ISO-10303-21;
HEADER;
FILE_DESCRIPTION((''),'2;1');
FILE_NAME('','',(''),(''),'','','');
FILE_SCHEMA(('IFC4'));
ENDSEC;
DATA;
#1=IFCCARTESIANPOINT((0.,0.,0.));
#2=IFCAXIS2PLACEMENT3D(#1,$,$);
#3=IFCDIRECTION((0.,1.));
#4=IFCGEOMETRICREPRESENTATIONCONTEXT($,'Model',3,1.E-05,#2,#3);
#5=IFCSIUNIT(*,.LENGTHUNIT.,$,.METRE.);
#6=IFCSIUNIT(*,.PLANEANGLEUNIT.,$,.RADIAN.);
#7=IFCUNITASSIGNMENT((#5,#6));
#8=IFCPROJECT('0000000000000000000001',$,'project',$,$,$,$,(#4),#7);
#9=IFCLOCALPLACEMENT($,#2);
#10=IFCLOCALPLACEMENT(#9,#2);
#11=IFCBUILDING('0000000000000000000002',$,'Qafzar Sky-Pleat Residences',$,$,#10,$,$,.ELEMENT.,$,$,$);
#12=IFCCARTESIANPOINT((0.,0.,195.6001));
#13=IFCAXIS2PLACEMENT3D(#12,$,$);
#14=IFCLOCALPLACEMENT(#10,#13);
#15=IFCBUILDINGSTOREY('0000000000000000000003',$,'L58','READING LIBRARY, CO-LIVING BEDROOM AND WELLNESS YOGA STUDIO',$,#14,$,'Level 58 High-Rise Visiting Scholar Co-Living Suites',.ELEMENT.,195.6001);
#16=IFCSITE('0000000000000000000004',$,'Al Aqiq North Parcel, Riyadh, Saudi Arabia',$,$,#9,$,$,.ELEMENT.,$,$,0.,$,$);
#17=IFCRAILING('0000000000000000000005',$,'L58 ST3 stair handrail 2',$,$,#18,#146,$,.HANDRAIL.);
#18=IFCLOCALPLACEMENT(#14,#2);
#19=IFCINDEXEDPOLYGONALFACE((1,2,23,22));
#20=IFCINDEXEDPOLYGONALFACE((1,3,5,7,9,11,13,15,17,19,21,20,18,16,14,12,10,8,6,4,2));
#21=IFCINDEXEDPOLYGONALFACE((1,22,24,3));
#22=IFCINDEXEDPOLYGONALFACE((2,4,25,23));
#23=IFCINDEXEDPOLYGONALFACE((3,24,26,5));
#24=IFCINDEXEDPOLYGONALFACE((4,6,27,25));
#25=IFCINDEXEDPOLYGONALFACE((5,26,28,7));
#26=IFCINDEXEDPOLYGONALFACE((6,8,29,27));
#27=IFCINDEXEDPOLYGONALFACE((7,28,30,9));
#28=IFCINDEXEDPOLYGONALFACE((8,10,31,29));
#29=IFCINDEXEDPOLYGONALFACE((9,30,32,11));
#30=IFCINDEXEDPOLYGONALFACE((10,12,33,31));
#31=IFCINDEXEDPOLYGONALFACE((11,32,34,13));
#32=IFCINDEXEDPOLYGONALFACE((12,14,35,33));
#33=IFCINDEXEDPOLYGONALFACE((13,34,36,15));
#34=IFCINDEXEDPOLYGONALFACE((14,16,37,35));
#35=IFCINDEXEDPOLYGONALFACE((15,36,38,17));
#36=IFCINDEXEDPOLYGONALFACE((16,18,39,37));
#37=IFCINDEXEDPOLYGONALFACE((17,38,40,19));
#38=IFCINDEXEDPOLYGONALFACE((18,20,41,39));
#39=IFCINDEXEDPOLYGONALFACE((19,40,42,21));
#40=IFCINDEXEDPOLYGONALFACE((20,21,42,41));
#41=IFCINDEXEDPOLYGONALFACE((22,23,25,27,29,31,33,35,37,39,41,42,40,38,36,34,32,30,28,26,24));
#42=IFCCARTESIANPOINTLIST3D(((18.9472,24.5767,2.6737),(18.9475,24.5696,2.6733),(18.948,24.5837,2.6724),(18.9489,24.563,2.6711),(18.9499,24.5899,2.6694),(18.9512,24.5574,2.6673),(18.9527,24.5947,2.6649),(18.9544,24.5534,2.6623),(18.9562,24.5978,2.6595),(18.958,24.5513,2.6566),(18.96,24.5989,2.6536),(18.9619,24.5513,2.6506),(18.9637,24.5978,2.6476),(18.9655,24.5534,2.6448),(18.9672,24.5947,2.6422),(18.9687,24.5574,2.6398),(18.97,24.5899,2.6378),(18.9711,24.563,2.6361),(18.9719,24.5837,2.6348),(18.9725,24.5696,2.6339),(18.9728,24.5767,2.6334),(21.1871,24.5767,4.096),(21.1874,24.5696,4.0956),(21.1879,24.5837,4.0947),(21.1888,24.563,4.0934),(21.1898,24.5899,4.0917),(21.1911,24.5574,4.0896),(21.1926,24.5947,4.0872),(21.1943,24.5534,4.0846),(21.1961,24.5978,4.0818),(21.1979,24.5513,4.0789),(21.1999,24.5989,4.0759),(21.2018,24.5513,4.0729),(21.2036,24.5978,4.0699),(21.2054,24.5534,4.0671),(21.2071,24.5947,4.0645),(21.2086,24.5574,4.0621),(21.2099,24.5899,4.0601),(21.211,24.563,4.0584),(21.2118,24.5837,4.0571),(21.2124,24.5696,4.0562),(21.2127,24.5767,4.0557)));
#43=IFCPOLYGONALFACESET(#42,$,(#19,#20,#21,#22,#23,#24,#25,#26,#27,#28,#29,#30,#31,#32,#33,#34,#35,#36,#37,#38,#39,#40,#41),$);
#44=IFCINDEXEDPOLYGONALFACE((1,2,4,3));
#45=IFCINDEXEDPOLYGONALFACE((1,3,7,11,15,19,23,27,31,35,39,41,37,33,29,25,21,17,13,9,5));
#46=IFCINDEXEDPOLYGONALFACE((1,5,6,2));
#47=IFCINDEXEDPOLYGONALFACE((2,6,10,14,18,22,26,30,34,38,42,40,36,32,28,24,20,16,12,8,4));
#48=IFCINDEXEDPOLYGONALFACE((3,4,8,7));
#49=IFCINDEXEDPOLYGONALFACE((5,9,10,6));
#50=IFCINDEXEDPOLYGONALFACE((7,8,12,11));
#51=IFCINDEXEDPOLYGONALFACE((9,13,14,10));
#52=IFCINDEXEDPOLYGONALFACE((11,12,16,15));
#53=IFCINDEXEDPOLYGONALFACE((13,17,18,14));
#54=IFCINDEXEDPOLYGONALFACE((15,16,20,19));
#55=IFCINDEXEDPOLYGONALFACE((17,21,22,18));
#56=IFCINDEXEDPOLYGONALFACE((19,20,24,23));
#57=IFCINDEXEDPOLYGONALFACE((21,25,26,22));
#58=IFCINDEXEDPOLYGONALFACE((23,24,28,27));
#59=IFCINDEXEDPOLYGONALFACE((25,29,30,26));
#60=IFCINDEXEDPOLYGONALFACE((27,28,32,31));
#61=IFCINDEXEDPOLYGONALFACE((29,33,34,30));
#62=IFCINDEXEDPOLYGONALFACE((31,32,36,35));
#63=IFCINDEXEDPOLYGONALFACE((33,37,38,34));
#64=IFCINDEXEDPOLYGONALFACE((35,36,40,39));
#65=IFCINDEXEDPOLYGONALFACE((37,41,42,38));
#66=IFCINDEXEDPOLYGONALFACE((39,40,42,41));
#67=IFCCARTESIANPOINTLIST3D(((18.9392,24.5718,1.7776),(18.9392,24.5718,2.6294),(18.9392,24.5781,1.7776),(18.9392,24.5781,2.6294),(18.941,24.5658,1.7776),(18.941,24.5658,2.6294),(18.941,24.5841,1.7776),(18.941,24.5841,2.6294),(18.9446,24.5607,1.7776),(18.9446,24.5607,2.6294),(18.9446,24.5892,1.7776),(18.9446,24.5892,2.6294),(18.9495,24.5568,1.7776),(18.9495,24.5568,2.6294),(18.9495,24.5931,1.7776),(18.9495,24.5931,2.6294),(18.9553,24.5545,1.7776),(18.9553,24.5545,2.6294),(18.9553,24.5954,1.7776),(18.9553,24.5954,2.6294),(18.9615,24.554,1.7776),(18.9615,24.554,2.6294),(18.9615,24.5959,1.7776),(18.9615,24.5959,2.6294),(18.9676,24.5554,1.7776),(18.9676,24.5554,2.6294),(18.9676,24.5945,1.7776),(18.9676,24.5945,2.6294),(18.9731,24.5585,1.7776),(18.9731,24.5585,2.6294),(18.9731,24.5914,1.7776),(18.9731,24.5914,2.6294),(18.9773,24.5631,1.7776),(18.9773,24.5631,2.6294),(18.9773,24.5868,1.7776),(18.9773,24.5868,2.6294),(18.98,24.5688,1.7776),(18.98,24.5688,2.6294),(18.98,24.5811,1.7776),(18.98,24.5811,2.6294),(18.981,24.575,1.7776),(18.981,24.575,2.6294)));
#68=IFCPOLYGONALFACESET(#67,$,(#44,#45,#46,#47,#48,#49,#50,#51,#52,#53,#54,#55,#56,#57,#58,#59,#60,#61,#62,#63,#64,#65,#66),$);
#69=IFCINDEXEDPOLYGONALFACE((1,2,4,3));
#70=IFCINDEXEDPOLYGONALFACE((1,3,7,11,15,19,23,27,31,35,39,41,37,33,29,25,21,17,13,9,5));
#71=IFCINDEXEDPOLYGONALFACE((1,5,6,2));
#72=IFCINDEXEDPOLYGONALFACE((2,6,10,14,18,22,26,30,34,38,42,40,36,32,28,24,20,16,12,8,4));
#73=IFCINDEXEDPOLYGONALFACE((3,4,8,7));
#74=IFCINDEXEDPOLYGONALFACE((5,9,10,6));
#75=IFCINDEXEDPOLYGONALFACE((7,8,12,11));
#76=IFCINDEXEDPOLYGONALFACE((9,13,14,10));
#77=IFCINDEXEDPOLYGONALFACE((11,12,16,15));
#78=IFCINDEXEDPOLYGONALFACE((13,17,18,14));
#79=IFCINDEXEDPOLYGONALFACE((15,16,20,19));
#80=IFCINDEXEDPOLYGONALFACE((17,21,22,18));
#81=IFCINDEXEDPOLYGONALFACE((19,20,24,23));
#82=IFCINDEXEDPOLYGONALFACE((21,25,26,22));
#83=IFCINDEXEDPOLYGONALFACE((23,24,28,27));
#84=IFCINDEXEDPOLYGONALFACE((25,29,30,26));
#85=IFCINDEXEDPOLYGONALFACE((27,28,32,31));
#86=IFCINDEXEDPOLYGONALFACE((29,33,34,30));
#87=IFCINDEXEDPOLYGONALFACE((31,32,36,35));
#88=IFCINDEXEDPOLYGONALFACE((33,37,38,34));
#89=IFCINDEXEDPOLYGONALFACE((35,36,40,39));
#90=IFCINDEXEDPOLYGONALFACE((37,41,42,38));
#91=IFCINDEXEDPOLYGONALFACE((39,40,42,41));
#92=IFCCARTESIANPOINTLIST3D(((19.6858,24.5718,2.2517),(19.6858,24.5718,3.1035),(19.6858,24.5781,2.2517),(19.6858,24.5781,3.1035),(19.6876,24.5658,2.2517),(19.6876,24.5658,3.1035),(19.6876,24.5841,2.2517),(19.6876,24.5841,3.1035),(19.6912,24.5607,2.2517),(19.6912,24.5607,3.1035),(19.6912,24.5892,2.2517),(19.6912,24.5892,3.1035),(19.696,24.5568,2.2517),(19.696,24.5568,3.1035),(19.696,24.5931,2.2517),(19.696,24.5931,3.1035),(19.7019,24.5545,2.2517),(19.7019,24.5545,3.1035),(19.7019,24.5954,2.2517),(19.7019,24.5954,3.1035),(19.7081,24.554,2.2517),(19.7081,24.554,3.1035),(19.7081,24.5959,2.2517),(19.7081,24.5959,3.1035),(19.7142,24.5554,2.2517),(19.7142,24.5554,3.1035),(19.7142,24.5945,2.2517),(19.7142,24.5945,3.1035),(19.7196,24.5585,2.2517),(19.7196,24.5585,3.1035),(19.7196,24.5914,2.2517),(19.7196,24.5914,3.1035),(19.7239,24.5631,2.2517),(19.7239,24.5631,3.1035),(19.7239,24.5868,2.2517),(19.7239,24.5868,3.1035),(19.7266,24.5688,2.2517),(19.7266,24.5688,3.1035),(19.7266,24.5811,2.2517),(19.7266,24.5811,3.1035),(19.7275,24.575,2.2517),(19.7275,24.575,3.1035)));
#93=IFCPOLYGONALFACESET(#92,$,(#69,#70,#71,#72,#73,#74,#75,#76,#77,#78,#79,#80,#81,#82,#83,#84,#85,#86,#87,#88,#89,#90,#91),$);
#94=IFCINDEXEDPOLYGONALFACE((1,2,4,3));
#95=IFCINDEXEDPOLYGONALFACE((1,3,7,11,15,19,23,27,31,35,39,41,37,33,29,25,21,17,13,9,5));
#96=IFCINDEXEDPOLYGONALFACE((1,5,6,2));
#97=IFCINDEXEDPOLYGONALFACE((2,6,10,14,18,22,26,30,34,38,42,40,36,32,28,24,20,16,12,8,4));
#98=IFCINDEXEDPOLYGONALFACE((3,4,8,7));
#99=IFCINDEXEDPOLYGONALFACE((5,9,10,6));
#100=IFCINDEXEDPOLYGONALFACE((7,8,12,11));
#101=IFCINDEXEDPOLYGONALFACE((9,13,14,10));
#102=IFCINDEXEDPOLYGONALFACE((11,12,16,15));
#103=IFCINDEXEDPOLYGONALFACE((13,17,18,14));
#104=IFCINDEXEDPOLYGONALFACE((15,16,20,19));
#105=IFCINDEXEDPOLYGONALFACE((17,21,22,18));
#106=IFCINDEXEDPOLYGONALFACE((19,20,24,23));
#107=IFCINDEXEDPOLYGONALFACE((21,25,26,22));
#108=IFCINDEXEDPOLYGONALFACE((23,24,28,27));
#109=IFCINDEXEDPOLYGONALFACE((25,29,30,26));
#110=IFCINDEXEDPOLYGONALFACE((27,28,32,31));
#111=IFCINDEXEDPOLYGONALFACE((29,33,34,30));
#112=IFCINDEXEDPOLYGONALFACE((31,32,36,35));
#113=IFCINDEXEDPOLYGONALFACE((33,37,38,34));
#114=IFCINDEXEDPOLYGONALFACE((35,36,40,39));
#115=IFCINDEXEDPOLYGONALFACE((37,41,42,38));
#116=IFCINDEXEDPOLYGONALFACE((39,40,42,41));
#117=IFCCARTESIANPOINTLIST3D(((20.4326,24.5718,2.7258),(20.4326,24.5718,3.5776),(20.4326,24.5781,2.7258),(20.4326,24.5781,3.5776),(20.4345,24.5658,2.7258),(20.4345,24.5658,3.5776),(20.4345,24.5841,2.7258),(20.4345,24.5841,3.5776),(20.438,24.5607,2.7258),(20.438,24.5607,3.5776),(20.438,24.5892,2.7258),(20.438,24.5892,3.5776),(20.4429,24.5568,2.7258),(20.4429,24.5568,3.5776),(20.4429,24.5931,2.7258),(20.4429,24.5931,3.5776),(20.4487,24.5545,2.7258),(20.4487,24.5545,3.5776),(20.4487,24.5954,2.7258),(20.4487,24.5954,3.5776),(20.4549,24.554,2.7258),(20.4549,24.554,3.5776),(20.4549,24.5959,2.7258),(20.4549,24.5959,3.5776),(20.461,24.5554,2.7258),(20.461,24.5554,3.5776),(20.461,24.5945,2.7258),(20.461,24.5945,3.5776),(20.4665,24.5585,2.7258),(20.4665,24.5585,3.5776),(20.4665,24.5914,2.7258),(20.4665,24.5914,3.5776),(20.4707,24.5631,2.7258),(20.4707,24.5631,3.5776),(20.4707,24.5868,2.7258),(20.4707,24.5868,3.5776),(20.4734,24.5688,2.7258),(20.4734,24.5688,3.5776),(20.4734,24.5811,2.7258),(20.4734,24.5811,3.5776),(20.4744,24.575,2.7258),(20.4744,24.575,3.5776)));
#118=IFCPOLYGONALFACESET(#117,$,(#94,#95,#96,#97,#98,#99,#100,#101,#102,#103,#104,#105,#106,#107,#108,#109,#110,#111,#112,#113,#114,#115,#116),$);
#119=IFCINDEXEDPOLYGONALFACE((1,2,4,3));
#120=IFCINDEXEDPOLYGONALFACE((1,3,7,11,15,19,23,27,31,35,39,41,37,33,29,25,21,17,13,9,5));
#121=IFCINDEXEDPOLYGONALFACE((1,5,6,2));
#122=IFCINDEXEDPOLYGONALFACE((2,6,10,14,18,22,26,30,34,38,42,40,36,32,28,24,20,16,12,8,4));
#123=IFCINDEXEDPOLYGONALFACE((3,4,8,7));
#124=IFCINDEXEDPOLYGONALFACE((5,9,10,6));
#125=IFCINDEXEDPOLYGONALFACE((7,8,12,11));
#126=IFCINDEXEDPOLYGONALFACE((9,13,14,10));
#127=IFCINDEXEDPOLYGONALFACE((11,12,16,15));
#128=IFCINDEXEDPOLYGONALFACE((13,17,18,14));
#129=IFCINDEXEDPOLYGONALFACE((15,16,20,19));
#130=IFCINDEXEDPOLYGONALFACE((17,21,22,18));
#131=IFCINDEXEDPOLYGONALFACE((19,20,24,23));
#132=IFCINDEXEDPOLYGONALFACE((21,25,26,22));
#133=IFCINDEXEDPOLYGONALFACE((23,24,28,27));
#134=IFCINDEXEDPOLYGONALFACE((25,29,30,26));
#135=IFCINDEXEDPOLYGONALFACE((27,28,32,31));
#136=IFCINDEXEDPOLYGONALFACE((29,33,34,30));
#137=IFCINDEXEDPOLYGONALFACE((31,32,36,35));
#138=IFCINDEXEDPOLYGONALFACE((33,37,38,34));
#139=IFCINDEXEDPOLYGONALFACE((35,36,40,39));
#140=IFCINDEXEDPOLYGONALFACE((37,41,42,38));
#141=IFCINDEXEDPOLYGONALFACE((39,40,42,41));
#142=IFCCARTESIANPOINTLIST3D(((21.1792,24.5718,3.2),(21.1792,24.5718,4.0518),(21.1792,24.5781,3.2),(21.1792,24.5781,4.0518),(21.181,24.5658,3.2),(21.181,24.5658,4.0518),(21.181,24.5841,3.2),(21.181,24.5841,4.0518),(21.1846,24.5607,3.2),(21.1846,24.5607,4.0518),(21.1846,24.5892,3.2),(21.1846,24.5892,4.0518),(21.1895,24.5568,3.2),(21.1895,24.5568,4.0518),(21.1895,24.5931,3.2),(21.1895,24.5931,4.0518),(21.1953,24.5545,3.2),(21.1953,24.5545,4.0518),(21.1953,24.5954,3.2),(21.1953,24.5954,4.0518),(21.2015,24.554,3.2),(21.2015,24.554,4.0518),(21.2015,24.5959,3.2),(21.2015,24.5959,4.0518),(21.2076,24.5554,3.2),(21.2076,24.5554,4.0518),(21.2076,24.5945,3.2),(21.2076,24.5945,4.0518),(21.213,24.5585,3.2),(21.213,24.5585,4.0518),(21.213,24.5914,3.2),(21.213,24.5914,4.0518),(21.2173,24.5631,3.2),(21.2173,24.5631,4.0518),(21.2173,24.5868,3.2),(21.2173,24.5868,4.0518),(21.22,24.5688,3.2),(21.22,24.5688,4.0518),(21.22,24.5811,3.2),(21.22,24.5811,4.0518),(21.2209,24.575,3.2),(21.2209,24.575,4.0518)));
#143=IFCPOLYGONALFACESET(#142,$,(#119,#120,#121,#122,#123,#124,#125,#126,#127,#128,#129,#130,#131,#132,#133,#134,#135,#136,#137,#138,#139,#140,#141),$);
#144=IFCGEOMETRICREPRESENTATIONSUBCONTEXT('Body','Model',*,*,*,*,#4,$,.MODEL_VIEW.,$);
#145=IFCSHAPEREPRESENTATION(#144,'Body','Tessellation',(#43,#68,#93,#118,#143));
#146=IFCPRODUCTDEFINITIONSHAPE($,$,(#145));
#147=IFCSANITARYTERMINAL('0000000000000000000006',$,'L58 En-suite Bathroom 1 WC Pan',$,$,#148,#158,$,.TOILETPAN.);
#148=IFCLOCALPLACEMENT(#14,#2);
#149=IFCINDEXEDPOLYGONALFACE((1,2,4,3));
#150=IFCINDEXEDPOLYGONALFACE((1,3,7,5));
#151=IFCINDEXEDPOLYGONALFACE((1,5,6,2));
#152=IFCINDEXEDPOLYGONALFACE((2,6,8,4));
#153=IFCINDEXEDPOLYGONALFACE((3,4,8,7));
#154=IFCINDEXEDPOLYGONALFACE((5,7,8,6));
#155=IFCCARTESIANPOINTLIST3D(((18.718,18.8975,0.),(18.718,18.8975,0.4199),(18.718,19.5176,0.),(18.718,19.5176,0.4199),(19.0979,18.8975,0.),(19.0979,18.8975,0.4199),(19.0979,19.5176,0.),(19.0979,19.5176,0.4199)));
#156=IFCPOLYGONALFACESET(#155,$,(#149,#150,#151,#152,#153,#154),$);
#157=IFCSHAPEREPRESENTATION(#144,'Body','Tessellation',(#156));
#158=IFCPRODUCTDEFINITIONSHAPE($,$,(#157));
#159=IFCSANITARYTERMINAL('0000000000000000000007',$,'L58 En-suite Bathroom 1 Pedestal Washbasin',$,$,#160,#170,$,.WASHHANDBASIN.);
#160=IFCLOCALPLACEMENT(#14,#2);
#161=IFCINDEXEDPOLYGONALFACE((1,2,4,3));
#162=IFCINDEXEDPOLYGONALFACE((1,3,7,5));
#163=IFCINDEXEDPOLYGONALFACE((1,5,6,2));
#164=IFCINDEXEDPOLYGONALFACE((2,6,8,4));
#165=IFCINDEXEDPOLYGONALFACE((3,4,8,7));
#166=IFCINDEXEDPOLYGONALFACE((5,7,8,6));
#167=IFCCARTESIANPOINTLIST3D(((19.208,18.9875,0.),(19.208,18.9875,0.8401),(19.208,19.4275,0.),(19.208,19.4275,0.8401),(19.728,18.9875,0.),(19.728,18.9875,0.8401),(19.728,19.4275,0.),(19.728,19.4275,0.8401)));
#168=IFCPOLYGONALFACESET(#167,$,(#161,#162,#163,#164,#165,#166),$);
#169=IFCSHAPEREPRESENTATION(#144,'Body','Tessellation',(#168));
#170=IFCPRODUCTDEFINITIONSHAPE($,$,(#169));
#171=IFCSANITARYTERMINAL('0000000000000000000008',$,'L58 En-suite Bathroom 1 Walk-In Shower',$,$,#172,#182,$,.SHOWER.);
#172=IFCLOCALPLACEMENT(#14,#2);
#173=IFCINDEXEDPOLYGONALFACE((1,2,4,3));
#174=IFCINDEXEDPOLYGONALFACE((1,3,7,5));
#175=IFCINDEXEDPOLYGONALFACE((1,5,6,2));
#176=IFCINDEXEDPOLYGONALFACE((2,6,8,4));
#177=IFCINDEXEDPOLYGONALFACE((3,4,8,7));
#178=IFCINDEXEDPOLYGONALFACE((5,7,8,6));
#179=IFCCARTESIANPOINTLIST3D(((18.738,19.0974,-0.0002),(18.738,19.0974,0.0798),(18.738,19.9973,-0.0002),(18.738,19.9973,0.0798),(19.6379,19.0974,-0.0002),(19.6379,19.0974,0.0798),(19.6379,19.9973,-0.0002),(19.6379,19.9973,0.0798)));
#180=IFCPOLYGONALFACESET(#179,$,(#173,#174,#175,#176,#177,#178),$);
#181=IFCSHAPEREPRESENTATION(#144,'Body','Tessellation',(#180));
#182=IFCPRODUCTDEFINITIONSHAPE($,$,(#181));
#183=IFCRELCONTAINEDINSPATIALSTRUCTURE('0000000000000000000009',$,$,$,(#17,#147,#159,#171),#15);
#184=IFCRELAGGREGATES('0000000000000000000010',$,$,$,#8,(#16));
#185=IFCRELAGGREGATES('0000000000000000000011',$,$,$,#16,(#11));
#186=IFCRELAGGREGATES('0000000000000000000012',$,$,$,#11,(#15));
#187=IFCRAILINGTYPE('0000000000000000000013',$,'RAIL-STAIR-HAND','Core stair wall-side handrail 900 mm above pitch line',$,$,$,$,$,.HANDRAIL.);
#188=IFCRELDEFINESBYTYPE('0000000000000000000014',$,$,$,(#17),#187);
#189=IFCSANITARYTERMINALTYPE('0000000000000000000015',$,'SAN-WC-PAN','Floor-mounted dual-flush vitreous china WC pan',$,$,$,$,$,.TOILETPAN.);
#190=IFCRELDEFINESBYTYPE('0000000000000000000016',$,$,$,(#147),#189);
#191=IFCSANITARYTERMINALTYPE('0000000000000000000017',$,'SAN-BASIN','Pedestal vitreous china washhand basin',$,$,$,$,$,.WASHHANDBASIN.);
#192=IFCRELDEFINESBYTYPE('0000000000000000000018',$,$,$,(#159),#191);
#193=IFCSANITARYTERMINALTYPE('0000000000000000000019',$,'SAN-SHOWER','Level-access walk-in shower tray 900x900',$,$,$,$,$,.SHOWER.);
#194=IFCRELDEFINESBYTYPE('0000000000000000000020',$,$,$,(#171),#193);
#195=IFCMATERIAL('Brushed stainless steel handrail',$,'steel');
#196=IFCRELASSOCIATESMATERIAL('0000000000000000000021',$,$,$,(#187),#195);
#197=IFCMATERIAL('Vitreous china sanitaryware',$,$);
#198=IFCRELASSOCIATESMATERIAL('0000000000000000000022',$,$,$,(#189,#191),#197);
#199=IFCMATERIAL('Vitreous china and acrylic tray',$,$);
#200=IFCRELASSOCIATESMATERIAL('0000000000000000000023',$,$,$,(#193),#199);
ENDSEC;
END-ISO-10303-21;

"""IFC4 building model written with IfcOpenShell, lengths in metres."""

from ifc_helpers import new_model, si_unit, direction, frame, origin, origin_2d, place, context, subcontext, project, spatial, rectangle, circle, extrude, source, transform, mapped, material, type_object, element, save


model = new_model("IFC4")

# Units and contexts
model_context = context("Model", 3, precision=1e-05, world=origin(), true_north=direction((0.0, 1.0)))
body_context = subcontext(model_context, "Body", "Model", "MODEL_VIEW")
ifc_project = project(units=[si_unit("LENGTHUNIT", "METRE"), si_unit("PLANEANGLEUNIT", "RADIAN")], contexts=[model_context])

# Site, building, storey
site_placement = place(None, origin())
site = spatial("IfcSite", under=ifc_project, at=site_placement, Name="Al Aqiq North Parcel, Riyadh, Saudi Arabia", CompositionType="ELEMENT", RefElevation=0.0)
building_placement = place(site_placement, origin())
building = spatial("IfcBuilding", under=site, at=building_placement, Name="Qafzar Sky-Pleat Residences", CompositionType="ELEMENT")
storey_placement = place(building_placement, frame((0.0, 0.0, 195.6001)))
storey = spatial("IfcBuildingStorey", under=building, at=storey_placement, Name="L58", Description="READING LIBRARY, CO-LIVING BEDROOM AND WELLNESS YOGA STUDIO", LongName="Level 58 High-Rise Visiting Scholar Co-Living Suites", CompositionType="ELEMENT", Elevation=195.6001)

# Railing
ifc_material_1 = material(Name="Brushed stainless steel handrail", Category="steel")
railing_type = type_object("IfcRailingType", Name="RAIL-STAIR-HAND", Description="Core stair wall-side handrail 900 mm above pitch line", PredefinedType="HANDRAIL", material=ifc_material_1)
shared_shape_1 = source(origin(), body_context, "Body", "SweptSolid", [
    extrude(circle(Radius=0.0239, at=origin_2d()), frame((0.0, 0.0, 0.876), z_axis=(0.844188, 0.0, 0.536048), x_axis=(0.0, 1.0, 0.0)), (0.0, 0.0, 1.0), 2.6533),
    extrude(circle(Radius=0.021, at=origin_2d()), origin(), (0.0, 0.0, 1.0), 0.8518),
    extrude(circle(Radius=0.021, at=origin_2d()), frame((0.7466, 0.0, 0.4741)), (0.0, 0.0, 1.0), 0.8518),
    extrude(circle(Radius=0.021, at=origin_2d()), frame((1.4934, 0.0, 0.9482)), (0.0, 0.0, 1.0), 0.8518),
    extrude(circle(Radius=0.021, at=origin_2d()), frame((2.24, 0.0, 1.4224)), (0.0, 0.0, 1.0), 0.8518),
])
railing_placement = place(storey_placement, frame((18.96, 24.575, 1.7776)))
element("IfcRailing", 1, at=railing_placement, inside=storey, type_object=railing_type, Name="L58 ST3 stair handrail 2", PredefinedType="HANDRAIL", context=body_context, shape_type="MappedRepresentation", body=[
    mapped(shared_shape_1, transform((0.0, 0.0, 0.0), x_axis=(1.0, 0.0, 0.0), y_axis=(0.0, 1.0, 0.0), z_axis=(0.0, 0.0, 1.0), scale=1.0)),
])

# Sanitary terminals
ifc_material_2 = material(Name="Vitreous china sanitaryware")
sanitary_terminal_type_1 = type_object("IfcSanitaryTerminalType", Name="SAN-WC-PAN", Description="Floor-mounted dual-flush vitreous china WC pan", PredefinedType="TOILETPAN", material=ifc_material_2)
shared_shape_2 = source(origin(), body_context, "Body", "SweptSolid", [
    extrude(rectangle(XDim=0.3799, YDim=0.6201, at=origin_2d()), origin(), (0.0, 0.0, 1.0), 0.4199),
])
sanitary_terminal_1_placement = place(storey_placement, frame((18.908, 19.2075, 0.0), z_axis=(0.0, 0.0, 1.0), x_axis=(1.0, 0.0, 0.0)))
element("IfcSanitaryTerminal", 2, at=sanitary_terminal_1_placement, inside=storey, type_object=sanitary_terminal_type_1, Name="L58 En-suite Bathroom 1 WC Pan", PredefinedType="TOILETPAN", context=body_context, shape_type="MappedRepresentation", body=[
    mapped(shared_shape_2, transform((0.0, 0.0, 0.0), x_axis=(1.0, 0.0, 0.0), y_axis=(0.0, 1.0, 0.0), z_axis=(0.0, 0.0, 1.0), scale=1.0)),
])
sanitary_terminal_type_2 = type_object("IfcSanitaryTerminalType", Name="SAN-BASIN", Description="Pedestal vitreous china washhand basin", PredefinedType="WASHHANDBASIN", material=ifc_material_2)
shared_shape_3 = source(origin(), body_context, "Body", "SweptSolid", [
    extrude(rectangle(XDim=0.52, YDim=0.4399, at=origin_2d()), origin(), (0.0, 0.0, 1.0), 0.8401),
])
sanitary_terminal_2_placement = place(storey_placement, frame((19.468, 19.2075, 0.0), z_axis=(0.0, 0.0, 1.0), x_axis=(1.0, 0.0, 0.0)))
element("IfcSanitaryTerminal", 3, at=sanitary_terminal_2_placement, inside=storey, type_object=sanitary_terminal_type_2, Name="L58 En-suite Bathroom 1 Pedestal Washbasin", PredefinedType="WASHHANDBASIN", context=body_context, shape_type="MappedRepresentation", body=[
    mapped(shared_shape_3, transform((0.0, 0.0, 0.0), x_axis=(1.0, 0.0, 0.0), y_axis=(0.0, 1.0, 0.0), z_axis=(0.0, 0.0, 1.0), scale=1.0)),
])
ifc_material_3 = material(Name="Vitreous china and acrylic tray")
sanitary_terminal_type_3 = type_object("IfcSanitaryTerminalType", Name="SAN-SHOWER", Description="Level-access walk-in shower tray 900x900", PredefinedType="SHOWER", material=ifc_material_3)
shared_shape_4 = source(origin(), body_context, "Body", "SweptSolid", [
    extrude(rectangle(XDim=0.8999, YDim=0.8999, at=origin_2d()), origin(), (0.0, 0.0, 1.0), 0.0801),
])
sanitary_terminal_3_placement = place(storey_placement, frame((19.188, 19.5474, -0.0002), z_axis=(0.0, 0.0, 1.0), x_axis=(1.0, 0.0, 0.0)))
element("IfcSanitaryTerminal", 4, at=sanitary_terminal_3_placement, inside=storey, type_object=sanitary_terminal_type_3, Name="L58 En-suite Bathroom 1 Walk-In Shower", PredefinedType="SHOWER", context=body_context, shape_type="MappedRepresentation", body=[
    mapped(shared_shape_4, transform((0.0, 0.0, 0.0), x_axis=(1.0, 0.0, 0.0), y_axis=(0.0, 1.0, 0.0), z_axis=(0.0, 0.0, 1.0), scale=1.0)),
])

save(model, "model.ifc")
